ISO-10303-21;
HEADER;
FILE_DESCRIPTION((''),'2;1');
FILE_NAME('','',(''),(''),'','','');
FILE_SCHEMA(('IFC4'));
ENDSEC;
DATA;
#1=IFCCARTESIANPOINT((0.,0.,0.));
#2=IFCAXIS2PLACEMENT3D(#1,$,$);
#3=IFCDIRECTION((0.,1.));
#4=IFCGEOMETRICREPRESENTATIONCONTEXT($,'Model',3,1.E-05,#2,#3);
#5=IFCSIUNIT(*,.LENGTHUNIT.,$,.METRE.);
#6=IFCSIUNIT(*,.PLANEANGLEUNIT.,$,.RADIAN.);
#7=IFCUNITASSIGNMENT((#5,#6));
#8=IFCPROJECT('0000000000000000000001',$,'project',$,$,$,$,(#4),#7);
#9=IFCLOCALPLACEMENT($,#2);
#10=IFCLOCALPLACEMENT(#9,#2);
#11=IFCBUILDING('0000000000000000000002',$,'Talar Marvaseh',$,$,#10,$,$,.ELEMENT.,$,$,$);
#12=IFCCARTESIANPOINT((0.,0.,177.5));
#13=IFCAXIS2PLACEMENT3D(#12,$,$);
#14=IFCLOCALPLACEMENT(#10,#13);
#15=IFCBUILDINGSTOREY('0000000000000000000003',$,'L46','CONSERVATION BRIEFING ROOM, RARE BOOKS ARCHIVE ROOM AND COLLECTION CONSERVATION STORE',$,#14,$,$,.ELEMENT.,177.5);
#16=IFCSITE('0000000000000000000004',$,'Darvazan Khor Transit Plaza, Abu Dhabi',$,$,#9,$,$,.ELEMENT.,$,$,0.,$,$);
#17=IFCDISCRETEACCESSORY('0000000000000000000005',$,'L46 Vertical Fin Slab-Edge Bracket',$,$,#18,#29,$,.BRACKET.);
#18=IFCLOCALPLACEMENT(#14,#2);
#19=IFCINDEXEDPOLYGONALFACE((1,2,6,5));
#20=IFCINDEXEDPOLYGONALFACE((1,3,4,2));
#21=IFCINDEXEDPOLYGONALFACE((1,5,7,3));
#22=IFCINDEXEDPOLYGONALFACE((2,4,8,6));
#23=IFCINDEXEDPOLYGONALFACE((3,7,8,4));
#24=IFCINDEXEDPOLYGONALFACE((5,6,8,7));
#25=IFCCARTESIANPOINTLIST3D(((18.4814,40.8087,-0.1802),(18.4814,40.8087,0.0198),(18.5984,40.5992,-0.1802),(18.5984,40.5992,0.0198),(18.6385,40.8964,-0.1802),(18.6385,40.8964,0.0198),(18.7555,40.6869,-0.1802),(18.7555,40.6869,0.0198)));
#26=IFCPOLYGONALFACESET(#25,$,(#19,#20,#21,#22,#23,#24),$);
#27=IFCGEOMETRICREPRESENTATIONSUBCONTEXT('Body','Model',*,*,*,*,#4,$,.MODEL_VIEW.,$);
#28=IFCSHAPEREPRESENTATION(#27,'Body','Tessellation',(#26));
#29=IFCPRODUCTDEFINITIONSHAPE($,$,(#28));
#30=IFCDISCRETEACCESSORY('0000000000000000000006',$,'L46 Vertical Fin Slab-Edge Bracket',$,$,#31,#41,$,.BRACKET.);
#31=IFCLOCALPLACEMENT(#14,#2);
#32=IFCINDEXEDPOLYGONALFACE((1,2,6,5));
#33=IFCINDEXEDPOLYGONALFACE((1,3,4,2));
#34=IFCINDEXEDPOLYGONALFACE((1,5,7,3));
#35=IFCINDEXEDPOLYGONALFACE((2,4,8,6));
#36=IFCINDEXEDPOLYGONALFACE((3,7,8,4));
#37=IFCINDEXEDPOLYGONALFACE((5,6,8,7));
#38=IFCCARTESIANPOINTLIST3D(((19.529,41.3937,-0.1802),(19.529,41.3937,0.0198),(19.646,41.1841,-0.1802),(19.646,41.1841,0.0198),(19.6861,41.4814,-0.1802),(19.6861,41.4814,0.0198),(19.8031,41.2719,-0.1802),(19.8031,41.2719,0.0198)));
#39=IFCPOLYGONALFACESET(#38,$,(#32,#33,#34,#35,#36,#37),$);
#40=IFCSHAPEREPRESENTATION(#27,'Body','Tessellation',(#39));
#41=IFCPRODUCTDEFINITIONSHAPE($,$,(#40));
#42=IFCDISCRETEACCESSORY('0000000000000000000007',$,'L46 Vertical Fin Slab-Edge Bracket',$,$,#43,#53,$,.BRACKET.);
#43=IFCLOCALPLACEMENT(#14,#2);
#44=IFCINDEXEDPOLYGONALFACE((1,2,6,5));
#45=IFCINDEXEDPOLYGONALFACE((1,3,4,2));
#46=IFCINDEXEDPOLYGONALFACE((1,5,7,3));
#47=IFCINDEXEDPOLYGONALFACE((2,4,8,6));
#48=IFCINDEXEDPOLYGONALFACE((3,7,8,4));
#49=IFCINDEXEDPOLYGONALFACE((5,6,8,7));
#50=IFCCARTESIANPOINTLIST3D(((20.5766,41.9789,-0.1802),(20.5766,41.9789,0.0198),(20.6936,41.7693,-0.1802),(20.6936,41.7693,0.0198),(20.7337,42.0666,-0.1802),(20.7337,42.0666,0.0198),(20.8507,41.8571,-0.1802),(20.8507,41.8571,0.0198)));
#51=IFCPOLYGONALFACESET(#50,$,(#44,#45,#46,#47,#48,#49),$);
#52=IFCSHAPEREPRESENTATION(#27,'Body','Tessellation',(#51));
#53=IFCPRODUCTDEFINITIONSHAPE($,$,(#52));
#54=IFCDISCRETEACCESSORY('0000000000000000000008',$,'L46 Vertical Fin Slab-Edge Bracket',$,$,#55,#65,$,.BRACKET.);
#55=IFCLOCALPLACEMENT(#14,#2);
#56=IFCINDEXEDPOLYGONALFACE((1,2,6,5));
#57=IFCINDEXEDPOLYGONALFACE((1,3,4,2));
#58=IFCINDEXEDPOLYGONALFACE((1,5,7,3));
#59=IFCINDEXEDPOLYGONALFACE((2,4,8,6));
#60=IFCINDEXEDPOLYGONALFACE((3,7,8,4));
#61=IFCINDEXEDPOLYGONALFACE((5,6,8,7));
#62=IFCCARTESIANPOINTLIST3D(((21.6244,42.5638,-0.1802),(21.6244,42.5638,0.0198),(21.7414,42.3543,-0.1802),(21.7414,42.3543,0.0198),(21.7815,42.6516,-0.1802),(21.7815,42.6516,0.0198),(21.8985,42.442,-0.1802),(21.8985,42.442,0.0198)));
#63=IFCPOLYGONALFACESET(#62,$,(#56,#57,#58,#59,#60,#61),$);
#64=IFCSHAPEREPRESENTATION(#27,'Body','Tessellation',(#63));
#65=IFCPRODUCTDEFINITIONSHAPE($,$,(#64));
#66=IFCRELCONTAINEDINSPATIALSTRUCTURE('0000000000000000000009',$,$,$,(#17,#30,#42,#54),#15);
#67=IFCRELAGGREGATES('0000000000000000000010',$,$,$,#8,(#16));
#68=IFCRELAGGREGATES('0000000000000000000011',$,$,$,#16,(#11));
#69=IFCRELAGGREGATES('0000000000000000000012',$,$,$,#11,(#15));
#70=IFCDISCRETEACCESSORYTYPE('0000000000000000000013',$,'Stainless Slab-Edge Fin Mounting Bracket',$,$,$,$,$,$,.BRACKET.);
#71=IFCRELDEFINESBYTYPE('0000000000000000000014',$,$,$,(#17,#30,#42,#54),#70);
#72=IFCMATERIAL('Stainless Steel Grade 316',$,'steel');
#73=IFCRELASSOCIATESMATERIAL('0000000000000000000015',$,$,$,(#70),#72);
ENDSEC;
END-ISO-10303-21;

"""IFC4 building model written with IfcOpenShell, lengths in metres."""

from ifc_helpers import new_model, si_unit, direction, frame, origin, origin_2d, place, context, subcontext, project, spatial, rectangle, extrude, source, transform, mapped, material, type_object, type_shapes, element, save


model = new_model("IFC4")

# Units and contexts
model_context = context("Model", 3, precision=1e-05, world=origin(), true_north=direction((0.0, 1.0)))
body_context = subcontext(model_context, "Body", "Model", "MODEL_VIEW")
ifc_project = project(units=[si_unit("LENGTHUNIT", "METRE"), si_unit("PLANEANGLEUNIT", "RADIAN")], contexts=[model_context])

# Site, building, storey
site_placement = place(None, origin())
site = spatial("IfcSite", under=ifc_project, at=site_placement, Name="Darvazan Khor Transit Plaza, Abu Dhabi", CompositionType="ELEMENT", RefElevation=0.0)
building_placement = place(site_placement, origin())
building = spatial("IfcBuilding", under=site, at=building_placement, Name="Talar Marvaseh", CompositionType="ELEMENT")
storey_placement = place(building_placement, frame((0.0, 0.0, 177.5)))
storey = spatial("IfcBuildingStorey", under=building, at=storey_placement, Name="L46", Description="CONSERVATION BRIEFING ROOM, RARE BOOKS ARCHIVE ROOM AND COLLECTION CONSERVATION STORE", CompositionType="ELEMENT", Elevation=177.5)

# Discrete accessories
ifc_material_1 = material(Name="Stainless Steel Grade 316", Category="steel")
discrete_accessory_type = type_object("IfcDiscreteAccessoryType", Name="Stainless Slab-Edge Fin Mounting Bracket", PredefinedType="BRACKET", material=ifc_material_1)
shared_shape_1 = source(origin(), body_context, "Body", "SweptSolid", [
    extrude(rectangle(XDim=0.24, YDim=0.1799, at=origin_2d()), origin(), (0.0, 0.0, 1.0), 0.2),
])
type_shapes(discrete_accessory_type, [shared_shape_1])
for number, where, z_axis, x_axis, name in (
    (1, (18.6184, 40.7478, -0.1802), (0.0, 0.0, 1.0), (-0.487555, 0.873092, 0.0), "L46 Vertical Fin Slab-Edge Bracket"),
    (2, (19.666, 41.3328, -0.1802), (0.0, 0.0, 1.0), (-0.487555, 0.873092, 0.0), "L46 Vertical Fin Slab-Edge Bracket"),
    (3, (20.7136, 41.918, -0.1802), (0.0, 0.0, 1.0), (-0.487555, 0.873092, 0.0), "L46 Vertical Fin Slab-Edge Bracket"),
    (4, (21.7615, 42.5029, -0.1802), (0.0, 0.0, 1.0), (-0.487555, 0.873092, 0.0), "L46 Vertical Fin Slab-Edge Bracket"),
):
    element("IfcDiscreteAccessory", number, at=place(storey_placement, frame(where, z_axis=z_axis, x_axis=x_axis)), inside=storey, type_object=discrete_accessory_type, Name=name, PredefinedType="BRACKET", context=body_context, shape_type="MappedRepresentation", body=[
        mapped(shared_shape_1, transform((0.0, 0.0, 0.0), x_axis=(1.0, 0.0, 0.0), y_axis=(0.0, 1.0, 0.0), z_axis=(0.0, 0.0, 1.0), scale=1.0)),
    ])

save(model, "model.ifc")
